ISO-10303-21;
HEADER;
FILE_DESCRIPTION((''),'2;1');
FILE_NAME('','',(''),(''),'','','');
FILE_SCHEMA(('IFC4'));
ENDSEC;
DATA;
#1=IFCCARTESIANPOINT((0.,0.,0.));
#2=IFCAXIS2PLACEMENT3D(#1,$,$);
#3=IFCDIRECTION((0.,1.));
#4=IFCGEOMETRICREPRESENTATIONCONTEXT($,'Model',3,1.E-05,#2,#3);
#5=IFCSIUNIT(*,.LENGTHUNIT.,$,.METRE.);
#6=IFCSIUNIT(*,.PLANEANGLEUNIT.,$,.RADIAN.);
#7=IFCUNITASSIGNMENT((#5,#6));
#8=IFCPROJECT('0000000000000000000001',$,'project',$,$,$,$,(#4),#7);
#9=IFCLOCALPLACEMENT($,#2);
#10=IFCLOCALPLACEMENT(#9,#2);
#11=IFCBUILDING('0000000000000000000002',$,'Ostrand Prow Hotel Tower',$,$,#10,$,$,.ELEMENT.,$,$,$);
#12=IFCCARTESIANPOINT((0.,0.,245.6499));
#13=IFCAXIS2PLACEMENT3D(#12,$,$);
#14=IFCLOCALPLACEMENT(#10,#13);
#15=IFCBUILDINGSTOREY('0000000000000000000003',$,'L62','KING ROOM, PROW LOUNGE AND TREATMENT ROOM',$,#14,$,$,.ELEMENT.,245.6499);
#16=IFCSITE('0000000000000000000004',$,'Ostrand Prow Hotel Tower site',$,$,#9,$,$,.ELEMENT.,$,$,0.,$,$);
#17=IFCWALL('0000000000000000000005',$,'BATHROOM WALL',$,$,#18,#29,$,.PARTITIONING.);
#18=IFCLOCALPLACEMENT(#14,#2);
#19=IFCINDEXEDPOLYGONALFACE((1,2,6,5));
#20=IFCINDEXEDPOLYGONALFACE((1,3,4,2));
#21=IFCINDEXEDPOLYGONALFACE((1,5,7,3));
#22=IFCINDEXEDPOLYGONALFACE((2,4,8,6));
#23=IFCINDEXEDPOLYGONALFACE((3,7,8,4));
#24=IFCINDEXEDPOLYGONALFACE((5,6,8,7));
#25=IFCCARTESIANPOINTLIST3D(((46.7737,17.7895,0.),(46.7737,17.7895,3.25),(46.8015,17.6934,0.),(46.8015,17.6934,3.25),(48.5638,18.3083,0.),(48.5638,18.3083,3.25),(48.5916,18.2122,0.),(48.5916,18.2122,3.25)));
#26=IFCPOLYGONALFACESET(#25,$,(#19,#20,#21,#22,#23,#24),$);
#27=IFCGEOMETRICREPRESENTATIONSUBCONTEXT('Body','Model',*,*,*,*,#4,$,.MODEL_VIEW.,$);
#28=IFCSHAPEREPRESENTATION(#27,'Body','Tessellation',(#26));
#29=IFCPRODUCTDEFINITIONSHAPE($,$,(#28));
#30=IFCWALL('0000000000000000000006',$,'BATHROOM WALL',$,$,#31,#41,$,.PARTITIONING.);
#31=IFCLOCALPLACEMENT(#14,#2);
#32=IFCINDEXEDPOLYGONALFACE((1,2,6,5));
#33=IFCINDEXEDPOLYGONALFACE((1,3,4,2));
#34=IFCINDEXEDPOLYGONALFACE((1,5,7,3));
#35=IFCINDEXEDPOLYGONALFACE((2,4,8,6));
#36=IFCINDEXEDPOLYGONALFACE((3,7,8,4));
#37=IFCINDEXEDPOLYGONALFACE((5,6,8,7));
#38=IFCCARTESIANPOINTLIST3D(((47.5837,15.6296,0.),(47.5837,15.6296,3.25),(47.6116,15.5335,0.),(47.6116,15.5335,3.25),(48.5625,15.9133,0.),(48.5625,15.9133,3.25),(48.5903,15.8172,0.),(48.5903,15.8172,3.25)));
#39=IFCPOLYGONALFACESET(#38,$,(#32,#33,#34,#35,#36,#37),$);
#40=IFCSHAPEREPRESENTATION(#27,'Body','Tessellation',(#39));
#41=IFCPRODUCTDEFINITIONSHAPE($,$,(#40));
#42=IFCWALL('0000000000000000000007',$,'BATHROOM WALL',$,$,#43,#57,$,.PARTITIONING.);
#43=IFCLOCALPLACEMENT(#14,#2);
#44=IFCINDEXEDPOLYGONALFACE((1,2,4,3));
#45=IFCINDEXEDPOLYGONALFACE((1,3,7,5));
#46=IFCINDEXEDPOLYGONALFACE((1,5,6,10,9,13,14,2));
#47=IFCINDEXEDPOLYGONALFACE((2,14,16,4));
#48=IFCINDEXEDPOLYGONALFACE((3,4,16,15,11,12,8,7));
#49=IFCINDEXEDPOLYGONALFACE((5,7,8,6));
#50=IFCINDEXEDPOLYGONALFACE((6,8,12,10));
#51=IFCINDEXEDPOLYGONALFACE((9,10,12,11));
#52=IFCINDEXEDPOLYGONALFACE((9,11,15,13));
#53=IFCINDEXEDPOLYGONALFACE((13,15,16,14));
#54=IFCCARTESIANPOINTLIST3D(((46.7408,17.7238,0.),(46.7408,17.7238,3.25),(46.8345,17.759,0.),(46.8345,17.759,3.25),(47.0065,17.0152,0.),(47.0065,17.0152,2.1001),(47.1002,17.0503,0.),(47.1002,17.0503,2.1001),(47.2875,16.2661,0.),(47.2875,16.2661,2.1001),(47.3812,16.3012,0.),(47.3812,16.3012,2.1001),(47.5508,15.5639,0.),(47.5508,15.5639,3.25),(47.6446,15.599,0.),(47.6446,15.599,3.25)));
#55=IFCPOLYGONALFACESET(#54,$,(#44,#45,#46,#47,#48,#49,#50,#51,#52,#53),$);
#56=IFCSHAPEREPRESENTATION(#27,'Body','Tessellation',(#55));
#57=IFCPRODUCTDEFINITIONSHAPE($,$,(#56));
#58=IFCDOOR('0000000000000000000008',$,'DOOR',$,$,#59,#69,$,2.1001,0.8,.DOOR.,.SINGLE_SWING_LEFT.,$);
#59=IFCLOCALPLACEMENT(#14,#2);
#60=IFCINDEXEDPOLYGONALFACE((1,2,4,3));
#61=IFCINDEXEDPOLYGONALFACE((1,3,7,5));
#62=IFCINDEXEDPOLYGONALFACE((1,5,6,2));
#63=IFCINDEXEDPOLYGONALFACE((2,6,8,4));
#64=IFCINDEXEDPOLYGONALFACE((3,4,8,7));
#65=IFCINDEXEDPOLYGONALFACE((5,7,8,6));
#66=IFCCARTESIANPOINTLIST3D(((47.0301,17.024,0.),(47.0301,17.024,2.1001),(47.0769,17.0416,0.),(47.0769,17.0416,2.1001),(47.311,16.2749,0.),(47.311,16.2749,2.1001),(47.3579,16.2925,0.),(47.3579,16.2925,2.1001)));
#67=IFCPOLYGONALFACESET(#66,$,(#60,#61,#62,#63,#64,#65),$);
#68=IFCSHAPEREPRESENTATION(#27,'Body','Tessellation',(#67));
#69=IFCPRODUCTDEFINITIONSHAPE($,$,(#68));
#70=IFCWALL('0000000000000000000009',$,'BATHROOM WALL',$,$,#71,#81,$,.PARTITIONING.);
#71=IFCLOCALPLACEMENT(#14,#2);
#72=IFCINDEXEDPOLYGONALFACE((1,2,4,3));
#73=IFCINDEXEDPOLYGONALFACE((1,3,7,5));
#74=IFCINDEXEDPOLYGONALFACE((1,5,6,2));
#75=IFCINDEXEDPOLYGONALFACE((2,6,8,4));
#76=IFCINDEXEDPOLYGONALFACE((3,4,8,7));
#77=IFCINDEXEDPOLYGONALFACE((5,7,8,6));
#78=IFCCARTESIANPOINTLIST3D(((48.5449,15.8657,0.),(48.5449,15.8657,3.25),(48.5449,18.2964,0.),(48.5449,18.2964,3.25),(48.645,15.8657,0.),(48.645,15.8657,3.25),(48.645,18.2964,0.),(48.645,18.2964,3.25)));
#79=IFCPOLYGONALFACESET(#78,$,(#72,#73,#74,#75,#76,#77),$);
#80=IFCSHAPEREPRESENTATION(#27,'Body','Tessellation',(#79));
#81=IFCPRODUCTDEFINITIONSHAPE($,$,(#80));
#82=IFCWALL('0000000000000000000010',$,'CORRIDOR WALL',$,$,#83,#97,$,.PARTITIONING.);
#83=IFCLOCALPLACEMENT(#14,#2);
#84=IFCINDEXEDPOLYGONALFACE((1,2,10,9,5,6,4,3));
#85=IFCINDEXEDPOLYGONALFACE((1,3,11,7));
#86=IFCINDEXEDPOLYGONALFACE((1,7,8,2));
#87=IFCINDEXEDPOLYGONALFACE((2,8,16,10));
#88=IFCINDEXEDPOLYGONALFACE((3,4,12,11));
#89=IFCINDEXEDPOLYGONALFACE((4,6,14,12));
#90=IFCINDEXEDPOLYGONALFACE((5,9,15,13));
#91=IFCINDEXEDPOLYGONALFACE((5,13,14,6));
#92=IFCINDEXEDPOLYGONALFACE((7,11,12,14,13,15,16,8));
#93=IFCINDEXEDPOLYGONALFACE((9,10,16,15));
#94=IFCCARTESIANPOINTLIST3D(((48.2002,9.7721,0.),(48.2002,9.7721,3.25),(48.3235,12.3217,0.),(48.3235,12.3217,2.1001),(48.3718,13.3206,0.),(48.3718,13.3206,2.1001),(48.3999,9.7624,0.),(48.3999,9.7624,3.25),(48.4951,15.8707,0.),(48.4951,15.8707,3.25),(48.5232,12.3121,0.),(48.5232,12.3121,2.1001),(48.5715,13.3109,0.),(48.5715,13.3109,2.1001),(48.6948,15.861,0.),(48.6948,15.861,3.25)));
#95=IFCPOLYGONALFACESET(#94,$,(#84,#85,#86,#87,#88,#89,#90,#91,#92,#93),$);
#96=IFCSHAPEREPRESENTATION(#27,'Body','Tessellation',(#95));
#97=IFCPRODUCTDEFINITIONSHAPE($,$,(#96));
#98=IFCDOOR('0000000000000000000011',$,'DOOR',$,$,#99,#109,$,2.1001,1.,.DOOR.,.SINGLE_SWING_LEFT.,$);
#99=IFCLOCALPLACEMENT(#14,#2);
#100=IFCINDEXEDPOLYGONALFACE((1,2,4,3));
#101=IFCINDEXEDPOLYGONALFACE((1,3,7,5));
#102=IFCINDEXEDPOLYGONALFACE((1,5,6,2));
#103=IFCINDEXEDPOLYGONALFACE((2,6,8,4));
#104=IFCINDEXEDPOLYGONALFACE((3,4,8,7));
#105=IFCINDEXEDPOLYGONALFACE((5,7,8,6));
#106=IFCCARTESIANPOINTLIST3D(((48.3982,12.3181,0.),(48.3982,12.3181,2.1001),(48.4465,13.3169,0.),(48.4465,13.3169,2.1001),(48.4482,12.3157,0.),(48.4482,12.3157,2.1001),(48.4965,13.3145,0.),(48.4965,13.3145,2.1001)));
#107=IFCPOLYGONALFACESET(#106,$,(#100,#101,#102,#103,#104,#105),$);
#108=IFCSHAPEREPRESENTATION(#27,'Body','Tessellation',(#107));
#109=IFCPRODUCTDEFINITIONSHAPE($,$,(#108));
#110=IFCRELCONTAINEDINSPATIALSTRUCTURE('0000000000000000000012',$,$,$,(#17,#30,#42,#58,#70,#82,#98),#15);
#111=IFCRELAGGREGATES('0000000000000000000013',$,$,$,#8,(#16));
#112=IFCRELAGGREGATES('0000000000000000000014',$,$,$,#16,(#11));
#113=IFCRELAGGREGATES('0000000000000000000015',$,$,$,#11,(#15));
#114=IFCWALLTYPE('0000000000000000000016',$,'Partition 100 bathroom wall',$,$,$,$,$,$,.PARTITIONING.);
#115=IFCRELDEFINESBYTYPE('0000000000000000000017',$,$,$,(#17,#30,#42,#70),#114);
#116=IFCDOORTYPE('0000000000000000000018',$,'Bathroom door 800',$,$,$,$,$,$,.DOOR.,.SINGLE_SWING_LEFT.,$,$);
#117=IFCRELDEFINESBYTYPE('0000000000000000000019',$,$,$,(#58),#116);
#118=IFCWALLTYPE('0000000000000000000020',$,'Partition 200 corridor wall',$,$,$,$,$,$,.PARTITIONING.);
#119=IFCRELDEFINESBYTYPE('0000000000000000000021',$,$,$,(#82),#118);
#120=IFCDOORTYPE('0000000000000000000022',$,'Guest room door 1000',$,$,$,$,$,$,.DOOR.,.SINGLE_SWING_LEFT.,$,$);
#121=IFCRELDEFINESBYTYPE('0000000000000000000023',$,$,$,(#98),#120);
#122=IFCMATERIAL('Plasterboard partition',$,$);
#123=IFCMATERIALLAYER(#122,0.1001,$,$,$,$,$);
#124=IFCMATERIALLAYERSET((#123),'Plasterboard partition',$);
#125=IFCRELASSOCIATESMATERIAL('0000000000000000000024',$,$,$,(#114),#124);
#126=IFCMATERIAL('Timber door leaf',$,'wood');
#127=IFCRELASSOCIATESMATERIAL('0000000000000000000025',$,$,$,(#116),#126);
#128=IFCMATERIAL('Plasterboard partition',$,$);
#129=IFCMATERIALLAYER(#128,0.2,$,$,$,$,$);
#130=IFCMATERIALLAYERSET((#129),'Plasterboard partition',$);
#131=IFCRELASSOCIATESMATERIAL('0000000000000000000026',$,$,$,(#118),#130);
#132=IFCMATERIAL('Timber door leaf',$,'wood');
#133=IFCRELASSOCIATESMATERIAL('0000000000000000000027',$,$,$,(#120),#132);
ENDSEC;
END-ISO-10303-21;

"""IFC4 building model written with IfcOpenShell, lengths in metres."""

from ifc_helpers import new_model, si_unit, direction, frame, frame_2d, origin, place, context, subcontext, project, spatial, rectangle, extrude, material, layer, layer_set, type_object, element, fill, save


model = new_model("IFC4")

# Units and contexts
model_context = context("Model", 3, precision=1e-05, world=origin(), true_north=direction((0.0, 1.0)))
body_context = subcontext(model_context, "Body", "Model", "MODEL_VIEW")
ifc_project = project(units=[si_unit("LENGTHUNIT", "METRE"), si_unit("PLANEANGLEUNIT", "RADIAN")], contexts=[model_context])

# Site, building, storey
site_placement = place(None, origin())
site = spatial("IfcSite", under=ifc_project, at=site_placement, Name="Ostrand Prow Hotel Tower site", CompositionType="ELEMENT", RefElevation=0.0)
building_placement = place(site_placement, origin())
building = spatial("IfcBuilding", under=site, at=building_placement, Name="Ostrand Prow Hotel Tower", CompositionType="ELEMENT")
storey_placement = place(building_placement, frame((0.0, 0.0, 245.6499)))
storey = spatial("IfcBuildingStorey", under=building, at=storey_placement, Name="L62", Description="KING ROOM, PROW LOUNGE AND TREATMENT ROOM", CompositionType="ELEMENT", Elevation=245.6499)

# Walls
ifc_material_1 = material(Name="Plasterboard partition")
ifc_layer_1 = layer(ifc_material_1, 0.1001)
ifc_layer_set_1 = layer_set([ifc_layer_1], Name="Plasterboard partition")
wall_type_1 = type_object("IfcWallType", Name="Partition 100 bathroom wall", PredefinedType="PARTITIONING", material=ifc_layer_set_1)
wall_1_placement = place(storey_placement, frame((46.7876, 17.7415, 0.0), z_axis=(0.0, 0.0, 1.0), x_axis=(0.960474, 0.27837, 0.0)))
element("IfcWall", 1, at=wall_1_placement, inside=storey, type_object=wall_type_1, Name="BATHROOM WALL", PredefinedType="PARTITIONING", context=body_context, shape_type="SweptSolid", body=[
    extrude(rectangle(XDim=1.8638, YDim=0.1001, at=frame_2d((0.9319, 0.0))), origin(), (0.0, 0.0, 1.0), 3.25),
])
wall_2_placement = place(storey_placement, frame((48.5764, 15.8652, 0.0), z_axis=(0.0, 0.0, 1.0), x_axis=(-0.960468, -0.27839, 0.0)))
element("IfcWall", 2, at=wall_2_placement, inside=storey, type_object=wall_type_1, Name="BATHROOM WALL", PredefinedType="PARTITIONING", context=body_context, shape_type="SweptSolid", body=[
    extrude(rectangle(XDim=1.019, YDim=0.1001, at=frame_2d((0.5095, 0.0))), origin(), (0.0, 0.0, 1.0), 3.25),
])

# Wall, opening, door
wall_3_placement = place(storey_placement, frame((47.5977, 15.5815, 0.0), z_axis=(0.0, 0.0, 1.0), x_axis=(-0.351158, 0.936316, 0.0)))
wall_3 = element("IfcWall", 3, at=wall_3_placement, inside=storey, type_object=wall_type_1, Name="BATHROOM WALL", PredefinedType="PARTITIONING", context=body_context, shape_type="SweptSolid", body=[
    extrude(rectangle(XDim=2.3069, YDim=0.1001, at=frame_2d((1.1533, 0.0))), origin(), (0.0, 0.0, 1.0), 3.25),
])
opening_1_placement = place(wall_3_placement, frame((0.75, 0.0, 0.0)))
opening_1 = element("IfcOpeningElement", 4, at=opening_1_placement, cuts=wall_3, PredefinedType="OPENING", context=body_context, shape_type="SweptSolid", body=[
    extrude(rectangle(XDim=0.8, YDim=2.1001, at=frame_2d((0.3999, 1.05))), frame((0.0, 0.0601, 0.0), z_axis=(0.0, -1.0, 0.0), x_axis=(1.0, 0.0, 0.0)), (0.0, 0.0, 1.0), 0.1201),
])
ifc_material_2 = material(Name="Timber door leaf", Category="wood")
door_type_1 = type_object("IfcDoorType", Name="Bathroom door 800", OperationType="SINGLE_SWING_LEFT", PredefinedType="DOOR", material=ifc_material_2)
door_1_placement = place(opening_1_placement, origin())
door_1 = element("IfcDoor", 5, at=door_1_placement, inside=storey, type_object=door_type_1, Name="DOOR", OperationType="SINGLE_SWING_LEFT", OverallHeight=2.1001, OverallWidth=0.8, PredefinedType="DOOR", context=body_context, shape_type="SweptSolid", body=[
    extrude(rectangle(XDim=0.8, YDim=2.1001, at=frame_2d((0.3999, 1.05))), frame((0.0, 0.0249, 0.0), z_axis=(0.0, -1.0, 0.0), x_axis=(1.0, 0.0, 0.0)), (0.0, 0.0, 1.0), 0.05),
])
fill(opening_1, door_1)

# Wall
wall_4_placement = place(storey_placement, frame((48.595, 18.2964, 0.0), z_axis=(0.0, 0.0, 1.0), x_axis=(0.0, -1.0, 0.0)))
element("IfcWall", 6, at=wall_4_placement, inside=storey, type_object=wall_type_1, Name="BATHROOM WALL", PredefinedType="PARTITIONING", context=body_context, shape_type="SweptSolid", body=[
    extrude(rectangle(XDim=2.4307, YDim=0.1001, at=frame_2d((1.2153, 0.0))), origin(), (0.0, 0.0, 1.0), 3.25),
])

# Wall, opening, door
ifc_material_3 = material(Name="Plasterboard partition")
ifc_layer_2 = layer(ifc_material_3, 0.2)
ifc_layer_set_2 = layer_set([ifc_layer_2], Name="Plasterboard partition")
wall_type_2 = type_object("IfcWallType", Name="Partition 200 corridor wall", PredefinedType="PARTITIONING", material=ifc_layer_set_2)
wall_5_placement = place(storey_placement, frame((48.595, 15.8657, 0.0), z_axis=(0.0, 0.0, 1.0), x_axis=(-0.048302, -0.998833, 0.0)))
wall_5 = element("IfcWall", 7, at=wall_5_placement, inside=storey, type_object=wall_type_2, Name="CORRIDOR WALL", PredefinedType="PARTITIONING", context=body_context, shape_type="SweptSolid", body=[
    extrude(rectangle(XDim=6.1057, YDim=0.2, at=frame_2d((3.0527, 0.0))), origin(), (0.0, 0.0, 1.0), 3.25),
])
opening_2_placement = place(wall_5_placement, frame((2.553, 0.0, 0.0)))
opening_2 = element("IfcOpeningElement", 8, at=opening_2_placement, cuts=wall_5, PredefinedType="OPENING", context=body_context, shape_type="SweptSolid", body=[
    extrude(rectangle(XDim=1.0, YDim=2.1001, at=frame_2d((0.5, 1.05))), frame((0.0, 0.1099, 0.0), z_axis=(0.0, -1.0, 0.0), x_axis=(1.0, 0.0, 0.0)), (0.0, 0.0, 1.0), 0.22),
])
ifc_material_4 = material(Name="Timber door leaf", Category="wood")
door_type_2 = type_object("IfcDoorType", Name="Guest room door 1000", OperationType="SINGLE_SWING_LEFT", PredefinedType="DOOR", material=ifc_material_4)
door_2_placement = place(opening_2_placement, origin())
door_2 = element("IfcDoor", 9, at=door_2_placement, inside=storey, type_object=door_type_2, Name="DOOR", OperationType="SINGLE_SWING_LEFT", OverallHeight=2.1001, OverallWidth=1.0, PredefinedType="DOOR", context=body_context, shape_type="SweptSolid", body=[
    extrude(rectangle(XDim=1.0, YDim=2.1001, at=frame_2d((0.5, 1.05))), frame((0.0, 0.0249, 0.0), z_axis=(0.0, -1.0, 0.0), x_axis=(1.0, 0.0, 0.0)), (0.0, 0.0, 1.0), 0.05),
])
fill(opening_2, door_2)

save(model, "model.ifc")
